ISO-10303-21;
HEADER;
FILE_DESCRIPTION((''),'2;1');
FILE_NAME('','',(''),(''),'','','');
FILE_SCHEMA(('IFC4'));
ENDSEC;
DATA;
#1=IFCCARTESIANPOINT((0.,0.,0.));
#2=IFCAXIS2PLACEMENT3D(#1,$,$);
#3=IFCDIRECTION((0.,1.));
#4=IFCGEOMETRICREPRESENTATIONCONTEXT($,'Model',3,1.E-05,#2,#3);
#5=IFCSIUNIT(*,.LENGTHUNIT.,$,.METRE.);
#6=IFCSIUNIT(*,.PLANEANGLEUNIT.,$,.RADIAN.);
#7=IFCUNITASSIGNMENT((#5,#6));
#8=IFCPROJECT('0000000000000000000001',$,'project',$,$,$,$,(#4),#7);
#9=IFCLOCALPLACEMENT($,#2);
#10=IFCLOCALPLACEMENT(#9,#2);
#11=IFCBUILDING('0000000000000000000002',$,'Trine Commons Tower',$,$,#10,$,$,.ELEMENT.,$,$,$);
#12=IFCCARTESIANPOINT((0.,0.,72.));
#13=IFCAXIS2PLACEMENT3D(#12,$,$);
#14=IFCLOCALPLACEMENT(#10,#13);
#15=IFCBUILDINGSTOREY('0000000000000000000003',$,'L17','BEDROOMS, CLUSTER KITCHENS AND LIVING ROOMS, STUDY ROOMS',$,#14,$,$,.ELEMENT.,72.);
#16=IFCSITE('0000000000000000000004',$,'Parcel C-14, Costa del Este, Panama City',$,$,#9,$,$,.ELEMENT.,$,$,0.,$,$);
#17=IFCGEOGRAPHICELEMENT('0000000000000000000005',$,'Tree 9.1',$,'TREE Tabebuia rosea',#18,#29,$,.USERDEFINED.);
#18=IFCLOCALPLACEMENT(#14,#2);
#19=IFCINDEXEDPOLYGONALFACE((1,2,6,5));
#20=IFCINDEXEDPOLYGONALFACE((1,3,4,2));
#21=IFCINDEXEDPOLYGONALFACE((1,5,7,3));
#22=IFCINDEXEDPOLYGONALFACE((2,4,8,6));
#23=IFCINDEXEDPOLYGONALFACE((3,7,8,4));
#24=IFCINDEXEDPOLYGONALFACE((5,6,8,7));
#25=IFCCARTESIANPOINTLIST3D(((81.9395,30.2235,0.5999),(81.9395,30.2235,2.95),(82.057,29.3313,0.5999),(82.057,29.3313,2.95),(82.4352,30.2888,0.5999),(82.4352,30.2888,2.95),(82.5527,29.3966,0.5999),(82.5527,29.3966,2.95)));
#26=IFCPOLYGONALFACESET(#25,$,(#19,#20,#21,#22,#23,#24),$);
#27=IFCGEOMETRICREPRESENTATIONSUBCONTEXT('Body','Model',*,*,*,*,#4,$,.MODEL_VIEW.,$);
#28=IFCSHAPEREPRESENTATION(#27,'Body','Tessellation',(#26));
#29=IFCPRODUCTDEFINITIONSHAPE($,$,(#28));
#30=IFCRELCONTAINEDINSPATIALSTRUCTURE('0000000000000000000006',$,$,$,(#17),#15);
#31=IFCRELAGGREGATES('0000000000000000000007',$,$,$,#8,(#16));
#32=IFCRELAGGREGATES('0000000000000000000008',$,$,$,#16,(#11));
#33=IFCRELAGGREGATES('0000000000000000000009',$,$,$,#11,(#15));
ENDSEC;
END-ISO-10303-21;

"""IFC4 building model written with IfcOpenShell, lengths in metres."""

from ifc_helpers import new_model, si_unit, direction, frame, origin, origin_2d, place, context, subcontext, project, spatial, rectangle, extrude, element, save


model = new_model("IFC4")

# Units and contexts
model_context = context("Model", 3, precision=1e-05, world=origin(), true_north=direction((0.0, 1.0)))
body_context = subcontext(model_context, "Body", "Model", "MODEL_VIEW")
ifc_project = project(units=[si_unit("LENGTHUNIT", "METRE"), si_unit("PLANEANGLEUNIT", "RADIAN")], contexts=[model_context])

# Site, building, storey
site_placement = place(None, origin())
site = spatial("IfcSite", under=ifc_project, at=site_placement, Name="Parcel C-14, Costa del Este, Panama City", CompositionType="ELEMENT", RefElevation=0.0)
building_placement = place(site_placement, origin())
building = spatial("IfcBuilding", under=site, at=building_placement, Name="Trine Commons Tower", CompositionType="ELEMENT")
storey_placement = place(building_placement, frame((0.0, 0.0, 72.0)))
storey = spatial("IfcBuildingStorey", under=building, at=storey_placement, Name="L17", Description="BEDROOMS, CLUSTER KITCHENS AND LIVING ROOMS, STUDY ROOMS", CompositionType="ELEMENT", Elevation=72.0)

# Geographic element
for number, where, z_axis, x_axis, name in (
    (1, (82.2461, 29.8101, 0.5999), (0.0, 0.0, 1.0), (0.130547, -0.991442, 0.0), "Tree 9.1"),
):
    element("IfcGeographicElement", number, at=place(storey_placement, frame(where, z_axis=z_axis, x_axis=x_axis)), inside=storey, Name=name, ObjectType="TREE Tabebuia rosea", PredefinedType="USERDEFINED", context=body_context, shape_type="SweptSolid", body=[
        extrude(rectangle(XDim=0.8999, YDim=0.5, at=origin_2d()), origin(), (0.0, 0.0, 1.0), 2.3501),
    ])

save(model, "model.ifc")
